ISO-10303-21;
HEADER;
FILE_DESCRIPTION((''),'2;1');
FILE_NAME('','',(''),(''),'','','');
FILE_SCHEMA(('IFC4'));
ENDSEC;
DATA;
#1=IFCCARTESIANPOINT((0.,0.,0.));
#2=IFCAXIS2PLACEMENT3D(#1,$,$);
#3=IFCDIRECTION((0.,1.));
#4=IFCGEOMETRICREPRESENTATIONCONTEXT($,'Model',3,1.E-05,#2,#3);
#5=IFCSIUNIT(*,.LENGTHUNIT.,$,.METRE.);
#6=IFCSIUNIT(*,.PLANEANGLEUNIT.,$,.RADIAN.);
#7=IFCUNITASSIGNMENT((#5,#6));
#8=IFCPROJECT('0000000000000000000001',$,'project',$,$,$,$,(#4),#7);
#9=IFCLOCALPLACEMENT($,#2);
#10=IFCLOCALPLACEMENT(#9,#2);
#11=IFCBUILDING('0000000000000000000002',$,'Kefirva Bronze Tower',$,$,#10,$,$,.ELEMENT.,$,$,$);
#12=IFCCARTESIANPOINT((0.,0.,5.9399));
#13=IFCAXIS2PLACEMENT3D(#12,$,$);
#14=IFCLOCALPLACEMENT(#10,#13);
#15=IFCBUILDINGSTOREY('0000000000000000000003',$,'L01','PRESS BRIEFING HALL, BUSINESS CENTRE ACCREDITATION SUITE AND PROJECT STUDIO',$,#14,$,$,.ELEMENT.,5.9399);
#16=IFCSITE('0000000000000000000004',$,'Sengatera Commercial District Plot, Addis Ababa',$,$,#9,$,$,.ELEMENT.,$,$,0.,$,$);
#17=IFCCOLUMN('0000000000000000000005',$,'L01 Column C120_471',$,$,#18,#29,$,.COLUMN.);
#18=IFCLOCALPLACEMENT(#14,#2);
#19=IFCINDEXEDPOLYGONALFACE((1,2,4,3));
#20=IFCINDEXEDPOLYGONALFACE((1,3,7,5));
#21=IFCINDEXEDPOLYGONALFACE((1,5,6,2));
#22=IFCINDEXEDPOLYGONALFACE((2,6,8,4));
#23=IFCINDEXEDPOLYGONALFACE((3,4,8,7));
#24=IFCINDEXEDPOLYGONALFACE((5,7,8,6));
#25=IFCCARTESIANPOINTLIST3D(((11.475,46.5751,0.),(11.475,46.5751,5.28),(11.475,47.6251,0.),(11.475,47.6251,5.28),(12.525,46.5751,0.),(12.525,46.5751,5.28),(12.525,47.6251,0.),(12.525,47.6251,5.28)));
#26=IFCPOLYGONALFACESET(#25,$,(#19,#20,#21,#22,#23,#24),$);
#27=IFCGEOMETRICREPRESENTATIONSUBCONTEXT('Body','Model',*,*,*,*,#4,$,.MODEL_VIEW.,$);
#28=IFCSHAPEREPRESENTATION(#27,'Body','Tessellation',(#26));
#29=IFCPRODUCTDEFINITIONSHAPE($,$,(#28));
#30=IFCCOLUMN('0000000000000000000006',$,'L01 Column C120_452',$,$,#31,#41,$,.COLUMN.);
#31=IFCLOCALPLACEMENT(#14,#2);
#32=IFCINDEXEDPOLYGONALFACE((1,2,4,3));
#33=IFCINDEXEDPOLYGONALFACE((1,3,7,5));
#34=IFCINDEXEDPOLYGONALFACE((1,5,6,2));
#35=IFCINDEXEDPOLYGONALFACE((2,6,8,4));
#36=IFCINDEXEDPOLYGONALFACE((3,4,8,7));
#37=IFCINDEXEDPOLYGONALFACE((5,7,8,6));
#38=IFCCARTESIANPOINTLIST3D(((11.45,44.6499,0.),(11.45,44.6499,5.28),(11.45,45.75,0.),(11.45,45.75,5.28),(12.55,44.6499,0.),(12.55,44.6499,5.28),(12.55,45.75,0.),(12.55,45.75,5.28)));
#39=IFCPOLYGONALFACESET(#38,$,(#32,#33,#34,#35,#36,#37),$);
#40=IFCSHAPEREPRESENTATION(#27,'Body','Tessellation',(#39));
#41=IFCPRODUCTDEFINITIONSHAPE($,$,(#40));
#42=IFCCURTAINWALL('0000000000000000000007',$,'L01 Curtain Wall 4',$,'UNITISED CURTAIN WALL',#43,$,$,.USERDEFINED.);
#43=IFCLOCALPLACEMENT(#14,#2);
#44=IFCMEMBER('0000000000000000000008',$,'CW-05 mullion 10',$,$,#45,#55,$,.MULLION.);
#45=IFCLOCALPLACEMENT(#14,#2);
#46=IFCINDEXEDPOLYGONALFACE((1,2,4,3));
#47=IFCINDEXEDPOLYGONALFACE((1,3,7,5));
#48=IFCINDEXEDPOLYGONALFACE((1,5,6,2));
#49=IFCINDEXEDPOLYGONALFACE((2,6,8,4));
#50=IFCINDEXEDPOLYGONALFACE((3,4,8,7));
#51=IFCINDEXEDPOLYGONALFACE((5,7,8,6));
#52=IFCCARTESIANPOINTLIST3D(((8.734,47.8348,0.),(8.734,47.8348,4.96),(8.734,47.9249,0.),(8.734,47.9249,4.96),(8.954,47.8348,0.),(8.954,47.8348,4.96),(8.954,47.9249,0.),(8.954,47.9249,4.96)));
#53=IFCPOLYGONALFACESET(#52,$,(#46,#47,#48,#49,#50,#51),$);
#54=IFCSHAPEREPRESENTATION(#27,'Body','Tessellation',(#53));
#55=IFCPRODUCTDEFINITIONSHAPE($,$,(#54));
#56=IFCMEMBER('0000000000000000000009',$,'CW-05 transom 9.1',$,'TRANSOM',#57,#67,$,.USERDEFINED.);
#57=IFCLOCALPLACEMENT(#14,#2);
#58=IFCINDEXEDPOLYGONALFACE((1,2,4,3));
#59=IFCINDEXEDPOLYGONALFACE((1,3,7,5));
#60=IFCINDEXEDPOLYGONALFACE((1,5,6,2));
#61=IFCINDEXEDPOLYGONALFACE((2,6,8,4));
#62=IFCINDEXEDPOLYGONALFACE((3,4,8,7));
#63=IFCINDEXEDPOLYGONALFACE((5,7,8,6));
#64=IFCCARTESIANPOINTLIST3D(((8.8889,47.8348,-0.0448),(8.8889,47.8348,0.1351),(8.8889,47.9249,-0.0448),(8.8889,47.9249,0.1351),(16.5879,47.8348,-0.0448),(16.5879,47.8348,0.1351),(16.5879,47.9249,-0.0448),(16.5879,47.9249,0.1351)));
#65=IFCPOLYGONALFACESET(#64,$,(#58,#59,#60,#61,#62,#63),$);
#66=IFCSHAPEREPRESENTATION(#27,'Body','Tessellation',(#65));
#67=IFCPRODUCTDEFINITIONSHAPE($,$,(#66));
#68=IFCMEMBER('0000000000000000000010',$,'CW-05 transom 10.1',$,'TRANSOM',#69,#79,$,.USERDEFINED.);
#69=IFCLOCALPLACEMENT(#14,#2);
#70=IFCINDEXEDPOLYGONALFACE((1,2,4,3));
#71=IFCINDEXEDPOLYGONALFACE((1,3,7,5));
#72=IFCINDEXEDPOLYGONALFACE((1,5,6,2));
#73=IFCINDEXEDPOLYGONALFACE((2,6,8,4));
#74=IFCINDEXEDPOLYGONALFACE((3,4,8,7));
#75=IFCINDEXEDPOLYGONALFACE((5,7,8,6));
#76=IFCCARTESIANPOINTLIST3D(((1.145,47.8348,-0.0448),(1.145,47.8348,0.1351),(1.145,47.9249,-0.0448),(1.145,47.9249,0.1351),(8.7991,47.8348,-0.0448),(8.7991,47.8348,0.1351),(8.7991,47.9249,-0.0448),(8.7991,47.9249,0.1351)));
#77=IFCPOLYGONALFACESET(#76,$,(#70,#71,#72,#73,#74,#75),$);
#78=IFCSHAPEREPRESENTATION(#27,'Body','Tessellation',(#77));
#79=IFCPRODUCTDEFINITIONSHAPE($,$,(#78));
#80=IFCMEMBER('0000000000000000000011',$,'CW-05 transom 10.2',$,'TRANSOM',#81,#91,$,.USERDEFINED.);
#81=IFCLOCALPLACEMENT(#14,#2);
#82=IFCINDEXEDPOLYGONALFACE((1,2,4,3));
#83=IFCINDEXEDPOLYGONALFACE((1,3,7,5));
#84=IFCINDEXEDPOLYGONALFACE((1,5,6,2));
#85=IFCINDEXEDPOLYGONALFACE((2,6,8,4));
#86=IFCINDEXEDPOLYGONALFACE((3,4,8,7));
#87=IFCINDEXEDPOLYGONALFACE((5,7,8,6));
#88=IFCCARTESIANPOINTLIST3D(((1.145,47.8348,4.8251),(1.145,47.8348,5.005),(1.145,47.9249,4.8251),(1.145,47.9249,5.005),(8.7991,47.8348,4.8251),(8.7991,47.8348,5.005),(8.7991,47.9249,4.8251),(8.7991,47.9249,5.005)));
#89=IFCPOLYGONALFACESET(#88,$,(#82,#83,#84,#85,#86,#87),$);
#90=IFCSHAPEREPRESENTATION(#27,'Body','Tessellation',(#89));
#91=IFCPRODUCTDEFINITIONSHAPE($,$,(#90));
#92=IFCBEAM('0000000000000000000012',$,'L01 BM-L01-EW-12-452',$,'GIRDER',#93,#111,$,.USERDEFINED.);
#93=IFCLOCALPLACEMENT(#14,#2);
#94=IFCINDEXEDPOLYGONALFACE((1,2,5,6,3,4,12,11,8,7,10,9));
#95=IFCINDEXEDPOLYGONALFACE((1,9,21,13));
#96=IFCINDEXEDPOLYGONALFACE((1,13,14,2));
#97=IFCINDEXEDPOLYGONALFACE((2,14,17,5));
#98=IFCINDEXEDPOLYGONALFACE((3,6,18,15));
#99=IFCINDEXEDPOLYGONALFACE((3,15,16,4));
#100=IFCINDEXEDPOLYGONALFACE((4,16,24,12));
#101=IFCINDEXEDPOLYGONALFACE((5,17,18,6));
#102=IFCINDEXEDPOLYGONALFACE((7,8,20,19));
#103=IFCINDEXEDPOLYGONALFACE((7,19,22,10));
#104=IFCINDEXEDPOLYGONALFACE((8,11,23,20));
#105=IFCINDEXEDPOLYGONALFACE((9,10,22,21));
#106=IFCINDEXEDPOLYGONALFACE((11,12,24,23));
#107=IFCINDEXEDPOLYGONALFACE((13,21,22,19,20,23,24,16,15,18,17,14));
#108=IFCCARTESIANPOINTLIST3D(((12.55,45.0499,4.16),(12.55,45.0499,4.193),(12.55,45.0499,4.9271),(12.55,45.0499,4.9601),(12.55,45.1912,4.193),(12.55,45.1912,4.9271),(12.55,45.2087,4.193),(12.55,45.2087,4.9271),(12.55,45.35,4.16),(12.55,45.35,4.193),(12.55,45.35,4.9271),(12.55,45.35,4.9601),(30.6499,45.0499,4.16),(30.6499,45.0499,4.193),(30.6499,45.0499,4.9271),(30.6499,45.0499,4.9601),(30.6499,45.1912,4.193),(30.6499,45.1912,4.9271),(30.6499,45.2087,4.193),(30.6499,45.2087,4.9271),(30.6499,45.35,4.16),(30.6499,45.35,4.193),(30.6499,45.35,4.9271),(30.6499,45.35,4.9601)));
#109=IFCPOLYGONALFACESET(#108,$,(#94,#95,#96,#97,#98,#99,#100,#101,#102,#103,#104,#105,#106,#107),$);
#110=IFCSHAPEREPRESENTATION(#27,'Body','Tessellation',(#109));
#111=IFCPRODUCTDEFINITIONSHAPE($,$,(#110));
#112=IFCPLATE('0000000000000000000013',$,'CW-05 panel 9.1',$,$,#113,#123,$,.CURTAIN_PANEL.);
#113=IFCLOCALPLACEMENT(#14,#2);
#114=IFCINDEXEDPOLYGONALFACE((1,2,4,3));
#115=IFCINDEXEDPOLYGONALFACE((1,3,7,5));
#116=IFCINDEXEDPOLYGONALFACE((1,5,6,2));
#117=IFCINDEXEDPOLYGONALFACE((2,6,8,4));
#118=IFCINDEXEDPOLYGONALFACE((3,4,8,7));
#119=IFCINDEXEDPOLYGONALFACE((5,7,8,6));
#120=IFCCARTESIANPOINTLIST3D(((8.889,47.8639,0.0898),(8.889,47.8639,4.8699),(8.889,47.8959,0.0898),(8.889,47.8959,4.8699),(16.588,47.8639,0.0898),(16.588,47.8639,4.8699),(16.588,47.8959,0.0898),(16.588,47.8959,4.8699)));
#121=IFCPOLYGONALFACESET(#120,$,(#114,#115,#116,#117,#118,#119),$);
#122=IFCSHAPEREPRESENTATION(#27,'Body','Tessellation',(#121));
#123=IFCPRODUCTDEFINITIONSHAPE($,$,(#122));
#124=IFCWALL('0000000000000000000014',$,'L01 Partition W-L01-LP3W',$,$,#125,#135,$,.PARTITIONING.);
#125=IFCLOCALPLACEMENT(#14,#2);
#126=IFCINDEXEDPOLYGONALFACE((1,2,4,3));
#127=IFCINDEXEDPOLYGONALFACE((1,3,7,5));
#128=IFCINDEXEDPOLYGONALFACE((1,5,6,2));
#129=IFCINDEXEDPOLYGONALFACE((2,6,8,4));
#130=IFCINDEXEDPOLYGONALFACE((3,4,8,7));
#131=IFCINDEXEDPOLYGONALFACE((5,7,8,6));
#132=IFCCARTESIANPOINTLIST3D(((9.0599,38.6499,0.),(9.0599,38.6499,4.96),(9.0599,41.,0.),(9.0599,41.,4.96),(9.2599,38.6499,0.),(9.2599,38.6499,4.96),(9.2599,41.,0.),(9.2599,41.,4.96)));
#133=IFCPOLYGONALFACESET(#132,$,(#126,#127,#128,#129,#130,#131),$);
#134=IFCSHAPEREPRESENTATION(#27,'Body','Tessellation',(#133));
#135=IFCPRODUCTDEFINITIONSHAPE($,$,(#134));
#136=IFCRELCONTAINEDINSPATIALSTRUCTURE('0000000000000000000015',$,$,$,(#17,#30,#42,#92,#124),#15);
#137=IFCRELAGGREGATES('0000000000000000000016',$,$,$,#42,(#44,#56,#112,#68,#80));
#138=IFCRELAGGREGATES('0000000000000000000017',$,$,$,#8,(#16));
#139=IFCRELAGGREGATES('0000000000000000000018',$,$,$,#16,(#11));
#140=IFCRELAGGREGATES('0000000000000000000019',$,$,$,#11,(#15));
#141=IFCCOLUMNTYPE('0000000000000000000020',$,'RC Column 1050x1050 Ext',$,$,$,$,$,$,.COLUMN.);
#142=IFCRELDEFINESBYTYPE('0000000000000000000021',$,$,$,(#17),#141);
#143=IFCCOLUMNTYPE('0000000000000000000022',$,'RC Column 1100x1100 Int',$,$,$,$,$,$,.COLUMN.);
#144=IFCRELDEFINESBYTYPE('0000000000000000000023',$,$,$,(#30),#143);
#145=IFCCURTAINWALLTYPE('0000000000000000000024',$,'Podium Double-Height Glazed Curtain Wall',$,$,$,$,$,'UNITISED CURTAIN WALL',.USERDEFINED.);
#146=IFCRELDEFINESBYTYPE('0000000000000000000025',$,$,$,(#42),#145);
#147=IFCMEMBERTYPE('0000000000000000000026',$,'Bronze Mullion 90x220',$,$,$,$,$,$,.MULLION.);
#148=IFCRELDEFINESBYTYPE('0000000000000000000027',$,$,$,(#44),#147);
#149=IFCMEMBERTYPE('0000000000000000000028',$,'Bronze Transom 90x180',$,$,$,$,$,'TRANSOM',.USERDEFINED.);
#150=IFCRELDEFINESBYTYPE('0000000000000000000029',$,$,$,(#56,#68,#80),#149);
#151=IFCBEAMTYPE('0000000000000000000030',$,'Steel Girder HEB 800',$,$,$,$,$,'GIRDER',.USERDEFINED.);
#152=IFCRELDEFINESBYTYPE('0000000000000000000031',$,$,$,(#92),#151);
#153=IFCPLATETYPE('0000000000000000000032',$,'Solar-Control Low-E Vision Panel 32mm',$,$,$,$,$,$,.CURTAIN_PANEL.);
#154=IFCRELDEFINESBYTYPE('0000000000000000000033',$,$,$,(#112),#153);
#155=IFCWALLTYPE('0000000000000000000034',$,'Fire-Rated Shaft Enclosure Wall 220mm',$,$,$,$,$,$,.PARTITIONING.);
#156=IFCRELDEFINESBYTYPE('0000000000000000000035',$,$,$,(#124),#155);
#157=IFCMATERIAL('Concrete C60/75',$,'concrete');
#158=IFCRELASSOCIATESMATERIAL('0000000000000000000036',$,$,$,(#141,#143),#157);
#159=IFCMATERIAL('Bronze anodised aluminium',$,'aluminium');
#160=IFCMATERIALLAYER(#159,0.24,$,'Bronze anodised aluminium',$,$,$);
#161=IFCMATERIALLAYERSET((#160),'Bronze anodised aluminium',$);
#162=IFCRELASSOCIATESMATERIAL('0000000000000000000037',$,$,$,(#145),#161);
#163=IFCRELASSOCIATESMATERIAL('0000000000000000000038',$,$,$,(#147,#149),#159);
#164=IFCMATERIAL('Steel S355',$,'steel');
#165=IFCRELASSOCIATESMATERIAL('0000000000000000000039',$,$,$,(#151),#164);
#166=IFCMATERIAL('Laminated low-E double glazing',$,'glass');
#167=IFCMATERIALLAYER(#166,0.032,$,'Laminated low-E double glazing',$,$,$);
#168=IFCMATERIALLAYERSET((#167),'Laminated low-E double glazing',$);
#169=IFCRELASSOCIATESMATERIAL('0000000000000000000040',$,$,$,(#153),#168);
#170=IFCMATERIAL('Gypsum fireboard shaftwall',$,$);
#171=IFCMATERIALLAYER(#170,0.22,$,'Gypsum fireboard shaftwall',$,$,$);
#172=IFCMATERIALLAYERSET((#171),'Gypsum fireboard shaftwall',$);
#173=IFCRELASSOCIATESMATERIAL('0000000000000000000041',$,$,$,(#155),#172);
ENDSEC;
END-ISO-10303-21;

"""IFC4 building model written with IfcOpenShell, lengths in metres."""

from ifc_helpers import new_model, si_unit, direction, frame, frame_2d, origin, origin_2d, place, context, subcontext, project, spatial, rectangle, i_section, extrude, material, layer, layer_set, material_profile, profile_set, type_object, element, aggregate, save


model = new_model("IFC4")

# Units and contexts
model_context = context("Model", 3, precision=1e-05, world=origin(), true_north=direction((0.0, 1.0)))
body_context = subcontext(model_context, "Body", "Model", "MODEL_VIEW")
ifc_project = project(units=[si_unit("LENGTHUNIT", "METRE"), si_unit("PLANEANGLEUNIT", "RADIAN")], contexts=[model_context])

# Site, building, storey
site_placement = place(None, origin())
site = spatial("IfcSite", under=ifc_project, at=site_placement, Name="Sengatera Commercial District Plot, Addis Ababa", CompositionType="ELEMENT", RefElevation=0.0)
building_placement = place(site_placement, origin())
building = spatial("IfcBuilding", under=site, at=building_placement, Name="Kefirva Bronze Tower", CompositionType="ELEMENT")
storey_placement = place(building_placement, frame((0.0, 0.0, 5.9399)))
storey = spatial("IfcBuildingStorey", under=building, at=storey_placement, Name="L01", Description="PRESS BRIEFING HALL, BUSINESS CENTRE ACCREDITATION SUITE AND PROJECT STUDIO", CompositionType="ELEMENT", Elevation=5.9399)

# Columns
ifc_material_1 = material(Name="Concrete C60/75", Category="concrete")
ifc_material_profile_1 = material_profile(ifc_material_1, rectangle(XDim=1.05, YDim=1.05, at=origin_2d()), Name="RC 1050x1050")
ifc_profile_set_1 = profile_set([ifc_material_profile_1], Name="Concrete C60/75")
column_type_1 = type_object("IfcColumnType", Name="RC Column 1050x1050 Ext", PredefinedType="COLUMN", material=ifc_profile_set_1)
column_1_placement = place(storey_placement, frame((12.0, 47.1001, 0.0), z_axis=(0.0, 0.0, 1.0), x_axis=(1.0, 0.0, 0.0)))
element("IfcColumn", 1, at=column_1_placement, inside=storey, type_object=column_type_1, Name="L01 Column C120_471", PredefinedType="COLUMN", context=body_context, shape_type="SweptSolid", body=[
    extrude(rectangle(XDim=1.05, YDim=1.05, at=origin_2d()), origin(), (0.0, 0.0, 1.0), 5.28),
])
ifc_material_profile_2 = material_profile(ifc_material_1, rectangle(XDim=1.1001, YDim=1.1001, at=origin_2d()), Name="RC 1100x1100")
ifc_profile_set_2 = profile_set([ifc_material_profile_2], Name="Concrete C60/75")
column_type_2 = type_object("IfcColumnType", Name="RC Column 1100x1100 Int", PredefinedType="COLUMN", material=ifc_profile_set_2)
column_2_placement = place(storey_placement, frame((12.0, 45.2, 0.0), z_axis=(0.0, 0.0, 1.0), x_axis=(1.0, 0.0, 0.0)))
element("IfcColumn", 2, at=column_2_placement, inside=storey, type_object=column_type_2, Name="L01 Column C120_452", PredefinedType="COLUMN", context=body_context, shape_type="SweptSolid", body=[
    extrude(rectangle(XDim=1.1001, YDim=1.1001, at=origin_2d()), origin(), (0.0, 0.0, 1.0), 5.28),
])

# Curtain wall, members
ifc_material_2 = material(Name="Bronze anodised aluminium", Category="aluminium")
ifc_layer_1 = layer(ifc_material_2, 0.24, Name="Bronze anodised aluminium")
ifc_layer_set_1 = layer_set([ifc_layer_1], Name="Bronze anodised aluminium")
curtain_wall_type = type_object("IfcCurtainWallType", Name="Podium Double-Height Glazed Curtain Wall", ElementType="UNITISED CURTAIN WALL", PredefinedType="USERDEFINED", material=ifc_layer_set_1)
curtain_wall_placement = place(storey_placement, origin())
curtain_wall = element("IfcCurtainWall", 3, at=curtain_wall_placement, inside=storey, type_object=curtain_wall_type, Name="L01 Curtain Wall 4", ObjectType="UNITISED CURTAIN WALL", PredefinedType="USERDEFINED")
ifc_material_profile_3 = material_profile(ifc_material_2, rectangle(XDim=0.0901, YDim=0.22, at=origin_2d()), Name="ALU 90x220")
ifc_profile_set_3 = profile_set([ifc_material_profile_3], Name="Bronze anodised aluminium")
member_type_1 = type_object("IfcMemberType", Name="Bronze Mullion 90x220", PredefinedType="MULLION", material=ifc_profile_set_3)
member_1_placement = place(storey_placement, frame((8.844, 47.8799, 0.0), z_axis=(0.0, 0.0, 1.0), x_axis=(0.0, -1.0, 0.0)))
member_1 = element("IfcMember", 4, at=member_1_placement, type_object=member_type_1, Name="CW-05 mullion 10", PredefinedType="MULLION", context=body_context, shape_type="SweptSolid", body=[
    extrude(rectangle(XDim=0.0901, YDim=0.22, at=origin_2d()), origin(), (0.0, 0.0, 1.0), 4.96),
])
ifc_material_profile_4 = material_profile(ifc_material_2, rectangle(XDim=0.0901, YDim=0.1799, at=origin_2d()), Name="ALU 90x180")
ifc_profile_set_4 = profile_set([ifc_material_profile_4], Name="Bronze anodised aluminium")
member_type_2 = type_object("IfcMemberType", Name="Bronze Transom 90x180", ElementType="TRANSOM", PredefinedType="USERDEFINED", material=ifc_profile_set_4)
member_2_placement = place(storey_placement, frame((16.5879, 47.8799, 0.0452), z_axis=(-1.0, 0.0, 0.0), x_axis=(0.0, -1.0, 0.0)))
member_2 = element("IfcMember", 5, at=member_2_placement, type_object=member_type_2, Name="CW-05 transom 9.1", ObjectType="TRANSOM", PredefinedType="USERDEFINED", context=body_context, shape_type="SweptSolid", body=[
    extrude(rectangle(XDim=0.0901, YDim=0.1799, at=origin_2d()), origin(), (0.0, 0.0, 1.0), 7.699),
])
member_3_placement = place(storey_placement, frame((8.7991, 47.8799, 0.0452), z_axis=(-1.0, 0.0, 0.0), x_axis=(0.0, -1.0, 0.0)))
member_3 = element("IfcMember", 6, at=member_3_placement, type_object=member_type_2, Name="CW-05 transom 10.1", ObjectType="TRANSOM", PredefinedType="USERDEFINED", context=body_context, shape_type="SweptSolid", body=[
    extrude(rectangle(XDim=0.0901, YDim=0.1799, at=origin_2d()), origin(), (0.0, 0.0, 1.0), 7.6541),
])
member_4_placement = place(storey_placement, frame((8.7991, 47.8799, 4.915), z_axis=(-1.0, 0.0, 0.0), x_axis=(0.0, -1.0, 0.0)))
member_4 = element("IfcMember", 7, at=member_4_placement, type_object=member_type_2, Name="CW-05 transom 10.2", ObjectType="TRANSOM", PredefinedType="USERDEFINED", context=body_context, shape_type="SweptSolid", body=[
    extrude(rectangle(XDim=0.0901, YDim=0.1799, at=origin_2d()), origin(), (0.0, 0.0, 1.0), 7.6541),
])

# Beam
ifc_material_3 = material(Name="Steel S355", Category="steel")
ifc_material_profile_5 = material_profile(ifc_material_3, i_section(OverallWidth=0.3, OverallDepth=0.8, WebThickness=0.0176, FlangeThickness=0.033, at=origin_2d()), Name="HEB 800")
ifc_profile_set_5 = profile_set([ifc_material_profile_5], Name="Steel S355")
beam_type = type_object("IfcBeamType", Name="Steel Girder HEB 800", ElementType="GIRDER", PredefinedType="USERDEFINED", material=ifc_profile_set_5)
beam_placement = place(storey_placement, frame((12.55, 45.2, 4.5601), z_axis=(1.0, 0.0, 0.0), x_axis=(0.0, 1.0, 0.0)))
element("IfcBeam", 8, at=beam_placement, inside=storey, type_object=beam_type, Name="L01 BM-L01-EW-12-452", ObjectType="GIRDER", PredefinedType="USERDEFINED", context=body_context, shape_type="SweptSolid", body=[
    extrude(i_section(OverallWidth=0.3, OverallDepth=0.8, WebThickness=0.0176, FlangeThickness=0.033, at=origin_2d()), origin(), (0.0, 0.0, 1.0), 18.0999),
])

# Plate
ifc_material_4 = material(Name="Laminated low-E double glazing", Category="glass")
ifc_layer_2 = layer(ifc_material_4, 0.032, Name="Laminated low-E double glazing")
ifc_layer_set_2 = layer_set([ifc_layer_2], Name="Laminated low-E double glazing")
plate_type = type_object("IfcPlateType", Name="Solar-Control Low-E Vision Panel 32mm", PredefinedType="CURTAIN_PANEL", material=ifc_layer_set_2)
plate_placement = place(storey_placement, frame((12.7385, 47.8799, 0.0898), z_axis=(0.0, 0.0, 1.0), x_axis=(-1.0, 0.0, 0.0)))
plate = element("IfcPlate", 9, at=plate_placement, type_object=plate_type, Name="CW-05 panel 9.1", PredefinedType="CURTAIN_PANEL", context=body_context, shape_type="SweptSolid", body=[
    extrude(rectangle(XDim=7.699, YDim=0.032, at=origin_2d()), origin(), (0.0, 0.0, 1.0), 4.78),
])
aggregate(curtain_wall, [member_1, member_2, plate, member_3, member_4])

# Wall
ifc_material_5 = material(Name="Gypsum fireboard shaftwall")
ifc_layer_3 = layer(ifc_material_5, 0.22, Name="Gypsum fireboard shaftwall")
ifc_layer_set_3 = layer_set([ifc_layer_3], Name="Gypsum fireboard shaftwall")
wall_type_1 = type_object("IfcWallType", Name="Fire-Rated Shaft Enclosure Wall 220mm", PredefinedType="PARTITIONING", material=ifc_layer_set_3)
wall_1_placement = place(storey_placement, frame((9.1599, 38.6499, 0.0), z_axis=(0.0, 0.0, 1.0), x_axis=(0.0, 1.0, 0.0)))
element("IfcWall", 10, at=wall_1_placement, inside=storey, type_object=wall_type_1, Name="L01 Partition W-L01-LP3W", PredefinedType="PARTITIONING", context=body_context, shape_type="SweptSolid", body=[
    extrude(rectangle(XDim=2.3501, YDim=0.2, at=frame_2d((1.175, 0.0))), origin(), (0.0, 0.0, 1.0), 4.96),
])

save(model, "model.ifc")
